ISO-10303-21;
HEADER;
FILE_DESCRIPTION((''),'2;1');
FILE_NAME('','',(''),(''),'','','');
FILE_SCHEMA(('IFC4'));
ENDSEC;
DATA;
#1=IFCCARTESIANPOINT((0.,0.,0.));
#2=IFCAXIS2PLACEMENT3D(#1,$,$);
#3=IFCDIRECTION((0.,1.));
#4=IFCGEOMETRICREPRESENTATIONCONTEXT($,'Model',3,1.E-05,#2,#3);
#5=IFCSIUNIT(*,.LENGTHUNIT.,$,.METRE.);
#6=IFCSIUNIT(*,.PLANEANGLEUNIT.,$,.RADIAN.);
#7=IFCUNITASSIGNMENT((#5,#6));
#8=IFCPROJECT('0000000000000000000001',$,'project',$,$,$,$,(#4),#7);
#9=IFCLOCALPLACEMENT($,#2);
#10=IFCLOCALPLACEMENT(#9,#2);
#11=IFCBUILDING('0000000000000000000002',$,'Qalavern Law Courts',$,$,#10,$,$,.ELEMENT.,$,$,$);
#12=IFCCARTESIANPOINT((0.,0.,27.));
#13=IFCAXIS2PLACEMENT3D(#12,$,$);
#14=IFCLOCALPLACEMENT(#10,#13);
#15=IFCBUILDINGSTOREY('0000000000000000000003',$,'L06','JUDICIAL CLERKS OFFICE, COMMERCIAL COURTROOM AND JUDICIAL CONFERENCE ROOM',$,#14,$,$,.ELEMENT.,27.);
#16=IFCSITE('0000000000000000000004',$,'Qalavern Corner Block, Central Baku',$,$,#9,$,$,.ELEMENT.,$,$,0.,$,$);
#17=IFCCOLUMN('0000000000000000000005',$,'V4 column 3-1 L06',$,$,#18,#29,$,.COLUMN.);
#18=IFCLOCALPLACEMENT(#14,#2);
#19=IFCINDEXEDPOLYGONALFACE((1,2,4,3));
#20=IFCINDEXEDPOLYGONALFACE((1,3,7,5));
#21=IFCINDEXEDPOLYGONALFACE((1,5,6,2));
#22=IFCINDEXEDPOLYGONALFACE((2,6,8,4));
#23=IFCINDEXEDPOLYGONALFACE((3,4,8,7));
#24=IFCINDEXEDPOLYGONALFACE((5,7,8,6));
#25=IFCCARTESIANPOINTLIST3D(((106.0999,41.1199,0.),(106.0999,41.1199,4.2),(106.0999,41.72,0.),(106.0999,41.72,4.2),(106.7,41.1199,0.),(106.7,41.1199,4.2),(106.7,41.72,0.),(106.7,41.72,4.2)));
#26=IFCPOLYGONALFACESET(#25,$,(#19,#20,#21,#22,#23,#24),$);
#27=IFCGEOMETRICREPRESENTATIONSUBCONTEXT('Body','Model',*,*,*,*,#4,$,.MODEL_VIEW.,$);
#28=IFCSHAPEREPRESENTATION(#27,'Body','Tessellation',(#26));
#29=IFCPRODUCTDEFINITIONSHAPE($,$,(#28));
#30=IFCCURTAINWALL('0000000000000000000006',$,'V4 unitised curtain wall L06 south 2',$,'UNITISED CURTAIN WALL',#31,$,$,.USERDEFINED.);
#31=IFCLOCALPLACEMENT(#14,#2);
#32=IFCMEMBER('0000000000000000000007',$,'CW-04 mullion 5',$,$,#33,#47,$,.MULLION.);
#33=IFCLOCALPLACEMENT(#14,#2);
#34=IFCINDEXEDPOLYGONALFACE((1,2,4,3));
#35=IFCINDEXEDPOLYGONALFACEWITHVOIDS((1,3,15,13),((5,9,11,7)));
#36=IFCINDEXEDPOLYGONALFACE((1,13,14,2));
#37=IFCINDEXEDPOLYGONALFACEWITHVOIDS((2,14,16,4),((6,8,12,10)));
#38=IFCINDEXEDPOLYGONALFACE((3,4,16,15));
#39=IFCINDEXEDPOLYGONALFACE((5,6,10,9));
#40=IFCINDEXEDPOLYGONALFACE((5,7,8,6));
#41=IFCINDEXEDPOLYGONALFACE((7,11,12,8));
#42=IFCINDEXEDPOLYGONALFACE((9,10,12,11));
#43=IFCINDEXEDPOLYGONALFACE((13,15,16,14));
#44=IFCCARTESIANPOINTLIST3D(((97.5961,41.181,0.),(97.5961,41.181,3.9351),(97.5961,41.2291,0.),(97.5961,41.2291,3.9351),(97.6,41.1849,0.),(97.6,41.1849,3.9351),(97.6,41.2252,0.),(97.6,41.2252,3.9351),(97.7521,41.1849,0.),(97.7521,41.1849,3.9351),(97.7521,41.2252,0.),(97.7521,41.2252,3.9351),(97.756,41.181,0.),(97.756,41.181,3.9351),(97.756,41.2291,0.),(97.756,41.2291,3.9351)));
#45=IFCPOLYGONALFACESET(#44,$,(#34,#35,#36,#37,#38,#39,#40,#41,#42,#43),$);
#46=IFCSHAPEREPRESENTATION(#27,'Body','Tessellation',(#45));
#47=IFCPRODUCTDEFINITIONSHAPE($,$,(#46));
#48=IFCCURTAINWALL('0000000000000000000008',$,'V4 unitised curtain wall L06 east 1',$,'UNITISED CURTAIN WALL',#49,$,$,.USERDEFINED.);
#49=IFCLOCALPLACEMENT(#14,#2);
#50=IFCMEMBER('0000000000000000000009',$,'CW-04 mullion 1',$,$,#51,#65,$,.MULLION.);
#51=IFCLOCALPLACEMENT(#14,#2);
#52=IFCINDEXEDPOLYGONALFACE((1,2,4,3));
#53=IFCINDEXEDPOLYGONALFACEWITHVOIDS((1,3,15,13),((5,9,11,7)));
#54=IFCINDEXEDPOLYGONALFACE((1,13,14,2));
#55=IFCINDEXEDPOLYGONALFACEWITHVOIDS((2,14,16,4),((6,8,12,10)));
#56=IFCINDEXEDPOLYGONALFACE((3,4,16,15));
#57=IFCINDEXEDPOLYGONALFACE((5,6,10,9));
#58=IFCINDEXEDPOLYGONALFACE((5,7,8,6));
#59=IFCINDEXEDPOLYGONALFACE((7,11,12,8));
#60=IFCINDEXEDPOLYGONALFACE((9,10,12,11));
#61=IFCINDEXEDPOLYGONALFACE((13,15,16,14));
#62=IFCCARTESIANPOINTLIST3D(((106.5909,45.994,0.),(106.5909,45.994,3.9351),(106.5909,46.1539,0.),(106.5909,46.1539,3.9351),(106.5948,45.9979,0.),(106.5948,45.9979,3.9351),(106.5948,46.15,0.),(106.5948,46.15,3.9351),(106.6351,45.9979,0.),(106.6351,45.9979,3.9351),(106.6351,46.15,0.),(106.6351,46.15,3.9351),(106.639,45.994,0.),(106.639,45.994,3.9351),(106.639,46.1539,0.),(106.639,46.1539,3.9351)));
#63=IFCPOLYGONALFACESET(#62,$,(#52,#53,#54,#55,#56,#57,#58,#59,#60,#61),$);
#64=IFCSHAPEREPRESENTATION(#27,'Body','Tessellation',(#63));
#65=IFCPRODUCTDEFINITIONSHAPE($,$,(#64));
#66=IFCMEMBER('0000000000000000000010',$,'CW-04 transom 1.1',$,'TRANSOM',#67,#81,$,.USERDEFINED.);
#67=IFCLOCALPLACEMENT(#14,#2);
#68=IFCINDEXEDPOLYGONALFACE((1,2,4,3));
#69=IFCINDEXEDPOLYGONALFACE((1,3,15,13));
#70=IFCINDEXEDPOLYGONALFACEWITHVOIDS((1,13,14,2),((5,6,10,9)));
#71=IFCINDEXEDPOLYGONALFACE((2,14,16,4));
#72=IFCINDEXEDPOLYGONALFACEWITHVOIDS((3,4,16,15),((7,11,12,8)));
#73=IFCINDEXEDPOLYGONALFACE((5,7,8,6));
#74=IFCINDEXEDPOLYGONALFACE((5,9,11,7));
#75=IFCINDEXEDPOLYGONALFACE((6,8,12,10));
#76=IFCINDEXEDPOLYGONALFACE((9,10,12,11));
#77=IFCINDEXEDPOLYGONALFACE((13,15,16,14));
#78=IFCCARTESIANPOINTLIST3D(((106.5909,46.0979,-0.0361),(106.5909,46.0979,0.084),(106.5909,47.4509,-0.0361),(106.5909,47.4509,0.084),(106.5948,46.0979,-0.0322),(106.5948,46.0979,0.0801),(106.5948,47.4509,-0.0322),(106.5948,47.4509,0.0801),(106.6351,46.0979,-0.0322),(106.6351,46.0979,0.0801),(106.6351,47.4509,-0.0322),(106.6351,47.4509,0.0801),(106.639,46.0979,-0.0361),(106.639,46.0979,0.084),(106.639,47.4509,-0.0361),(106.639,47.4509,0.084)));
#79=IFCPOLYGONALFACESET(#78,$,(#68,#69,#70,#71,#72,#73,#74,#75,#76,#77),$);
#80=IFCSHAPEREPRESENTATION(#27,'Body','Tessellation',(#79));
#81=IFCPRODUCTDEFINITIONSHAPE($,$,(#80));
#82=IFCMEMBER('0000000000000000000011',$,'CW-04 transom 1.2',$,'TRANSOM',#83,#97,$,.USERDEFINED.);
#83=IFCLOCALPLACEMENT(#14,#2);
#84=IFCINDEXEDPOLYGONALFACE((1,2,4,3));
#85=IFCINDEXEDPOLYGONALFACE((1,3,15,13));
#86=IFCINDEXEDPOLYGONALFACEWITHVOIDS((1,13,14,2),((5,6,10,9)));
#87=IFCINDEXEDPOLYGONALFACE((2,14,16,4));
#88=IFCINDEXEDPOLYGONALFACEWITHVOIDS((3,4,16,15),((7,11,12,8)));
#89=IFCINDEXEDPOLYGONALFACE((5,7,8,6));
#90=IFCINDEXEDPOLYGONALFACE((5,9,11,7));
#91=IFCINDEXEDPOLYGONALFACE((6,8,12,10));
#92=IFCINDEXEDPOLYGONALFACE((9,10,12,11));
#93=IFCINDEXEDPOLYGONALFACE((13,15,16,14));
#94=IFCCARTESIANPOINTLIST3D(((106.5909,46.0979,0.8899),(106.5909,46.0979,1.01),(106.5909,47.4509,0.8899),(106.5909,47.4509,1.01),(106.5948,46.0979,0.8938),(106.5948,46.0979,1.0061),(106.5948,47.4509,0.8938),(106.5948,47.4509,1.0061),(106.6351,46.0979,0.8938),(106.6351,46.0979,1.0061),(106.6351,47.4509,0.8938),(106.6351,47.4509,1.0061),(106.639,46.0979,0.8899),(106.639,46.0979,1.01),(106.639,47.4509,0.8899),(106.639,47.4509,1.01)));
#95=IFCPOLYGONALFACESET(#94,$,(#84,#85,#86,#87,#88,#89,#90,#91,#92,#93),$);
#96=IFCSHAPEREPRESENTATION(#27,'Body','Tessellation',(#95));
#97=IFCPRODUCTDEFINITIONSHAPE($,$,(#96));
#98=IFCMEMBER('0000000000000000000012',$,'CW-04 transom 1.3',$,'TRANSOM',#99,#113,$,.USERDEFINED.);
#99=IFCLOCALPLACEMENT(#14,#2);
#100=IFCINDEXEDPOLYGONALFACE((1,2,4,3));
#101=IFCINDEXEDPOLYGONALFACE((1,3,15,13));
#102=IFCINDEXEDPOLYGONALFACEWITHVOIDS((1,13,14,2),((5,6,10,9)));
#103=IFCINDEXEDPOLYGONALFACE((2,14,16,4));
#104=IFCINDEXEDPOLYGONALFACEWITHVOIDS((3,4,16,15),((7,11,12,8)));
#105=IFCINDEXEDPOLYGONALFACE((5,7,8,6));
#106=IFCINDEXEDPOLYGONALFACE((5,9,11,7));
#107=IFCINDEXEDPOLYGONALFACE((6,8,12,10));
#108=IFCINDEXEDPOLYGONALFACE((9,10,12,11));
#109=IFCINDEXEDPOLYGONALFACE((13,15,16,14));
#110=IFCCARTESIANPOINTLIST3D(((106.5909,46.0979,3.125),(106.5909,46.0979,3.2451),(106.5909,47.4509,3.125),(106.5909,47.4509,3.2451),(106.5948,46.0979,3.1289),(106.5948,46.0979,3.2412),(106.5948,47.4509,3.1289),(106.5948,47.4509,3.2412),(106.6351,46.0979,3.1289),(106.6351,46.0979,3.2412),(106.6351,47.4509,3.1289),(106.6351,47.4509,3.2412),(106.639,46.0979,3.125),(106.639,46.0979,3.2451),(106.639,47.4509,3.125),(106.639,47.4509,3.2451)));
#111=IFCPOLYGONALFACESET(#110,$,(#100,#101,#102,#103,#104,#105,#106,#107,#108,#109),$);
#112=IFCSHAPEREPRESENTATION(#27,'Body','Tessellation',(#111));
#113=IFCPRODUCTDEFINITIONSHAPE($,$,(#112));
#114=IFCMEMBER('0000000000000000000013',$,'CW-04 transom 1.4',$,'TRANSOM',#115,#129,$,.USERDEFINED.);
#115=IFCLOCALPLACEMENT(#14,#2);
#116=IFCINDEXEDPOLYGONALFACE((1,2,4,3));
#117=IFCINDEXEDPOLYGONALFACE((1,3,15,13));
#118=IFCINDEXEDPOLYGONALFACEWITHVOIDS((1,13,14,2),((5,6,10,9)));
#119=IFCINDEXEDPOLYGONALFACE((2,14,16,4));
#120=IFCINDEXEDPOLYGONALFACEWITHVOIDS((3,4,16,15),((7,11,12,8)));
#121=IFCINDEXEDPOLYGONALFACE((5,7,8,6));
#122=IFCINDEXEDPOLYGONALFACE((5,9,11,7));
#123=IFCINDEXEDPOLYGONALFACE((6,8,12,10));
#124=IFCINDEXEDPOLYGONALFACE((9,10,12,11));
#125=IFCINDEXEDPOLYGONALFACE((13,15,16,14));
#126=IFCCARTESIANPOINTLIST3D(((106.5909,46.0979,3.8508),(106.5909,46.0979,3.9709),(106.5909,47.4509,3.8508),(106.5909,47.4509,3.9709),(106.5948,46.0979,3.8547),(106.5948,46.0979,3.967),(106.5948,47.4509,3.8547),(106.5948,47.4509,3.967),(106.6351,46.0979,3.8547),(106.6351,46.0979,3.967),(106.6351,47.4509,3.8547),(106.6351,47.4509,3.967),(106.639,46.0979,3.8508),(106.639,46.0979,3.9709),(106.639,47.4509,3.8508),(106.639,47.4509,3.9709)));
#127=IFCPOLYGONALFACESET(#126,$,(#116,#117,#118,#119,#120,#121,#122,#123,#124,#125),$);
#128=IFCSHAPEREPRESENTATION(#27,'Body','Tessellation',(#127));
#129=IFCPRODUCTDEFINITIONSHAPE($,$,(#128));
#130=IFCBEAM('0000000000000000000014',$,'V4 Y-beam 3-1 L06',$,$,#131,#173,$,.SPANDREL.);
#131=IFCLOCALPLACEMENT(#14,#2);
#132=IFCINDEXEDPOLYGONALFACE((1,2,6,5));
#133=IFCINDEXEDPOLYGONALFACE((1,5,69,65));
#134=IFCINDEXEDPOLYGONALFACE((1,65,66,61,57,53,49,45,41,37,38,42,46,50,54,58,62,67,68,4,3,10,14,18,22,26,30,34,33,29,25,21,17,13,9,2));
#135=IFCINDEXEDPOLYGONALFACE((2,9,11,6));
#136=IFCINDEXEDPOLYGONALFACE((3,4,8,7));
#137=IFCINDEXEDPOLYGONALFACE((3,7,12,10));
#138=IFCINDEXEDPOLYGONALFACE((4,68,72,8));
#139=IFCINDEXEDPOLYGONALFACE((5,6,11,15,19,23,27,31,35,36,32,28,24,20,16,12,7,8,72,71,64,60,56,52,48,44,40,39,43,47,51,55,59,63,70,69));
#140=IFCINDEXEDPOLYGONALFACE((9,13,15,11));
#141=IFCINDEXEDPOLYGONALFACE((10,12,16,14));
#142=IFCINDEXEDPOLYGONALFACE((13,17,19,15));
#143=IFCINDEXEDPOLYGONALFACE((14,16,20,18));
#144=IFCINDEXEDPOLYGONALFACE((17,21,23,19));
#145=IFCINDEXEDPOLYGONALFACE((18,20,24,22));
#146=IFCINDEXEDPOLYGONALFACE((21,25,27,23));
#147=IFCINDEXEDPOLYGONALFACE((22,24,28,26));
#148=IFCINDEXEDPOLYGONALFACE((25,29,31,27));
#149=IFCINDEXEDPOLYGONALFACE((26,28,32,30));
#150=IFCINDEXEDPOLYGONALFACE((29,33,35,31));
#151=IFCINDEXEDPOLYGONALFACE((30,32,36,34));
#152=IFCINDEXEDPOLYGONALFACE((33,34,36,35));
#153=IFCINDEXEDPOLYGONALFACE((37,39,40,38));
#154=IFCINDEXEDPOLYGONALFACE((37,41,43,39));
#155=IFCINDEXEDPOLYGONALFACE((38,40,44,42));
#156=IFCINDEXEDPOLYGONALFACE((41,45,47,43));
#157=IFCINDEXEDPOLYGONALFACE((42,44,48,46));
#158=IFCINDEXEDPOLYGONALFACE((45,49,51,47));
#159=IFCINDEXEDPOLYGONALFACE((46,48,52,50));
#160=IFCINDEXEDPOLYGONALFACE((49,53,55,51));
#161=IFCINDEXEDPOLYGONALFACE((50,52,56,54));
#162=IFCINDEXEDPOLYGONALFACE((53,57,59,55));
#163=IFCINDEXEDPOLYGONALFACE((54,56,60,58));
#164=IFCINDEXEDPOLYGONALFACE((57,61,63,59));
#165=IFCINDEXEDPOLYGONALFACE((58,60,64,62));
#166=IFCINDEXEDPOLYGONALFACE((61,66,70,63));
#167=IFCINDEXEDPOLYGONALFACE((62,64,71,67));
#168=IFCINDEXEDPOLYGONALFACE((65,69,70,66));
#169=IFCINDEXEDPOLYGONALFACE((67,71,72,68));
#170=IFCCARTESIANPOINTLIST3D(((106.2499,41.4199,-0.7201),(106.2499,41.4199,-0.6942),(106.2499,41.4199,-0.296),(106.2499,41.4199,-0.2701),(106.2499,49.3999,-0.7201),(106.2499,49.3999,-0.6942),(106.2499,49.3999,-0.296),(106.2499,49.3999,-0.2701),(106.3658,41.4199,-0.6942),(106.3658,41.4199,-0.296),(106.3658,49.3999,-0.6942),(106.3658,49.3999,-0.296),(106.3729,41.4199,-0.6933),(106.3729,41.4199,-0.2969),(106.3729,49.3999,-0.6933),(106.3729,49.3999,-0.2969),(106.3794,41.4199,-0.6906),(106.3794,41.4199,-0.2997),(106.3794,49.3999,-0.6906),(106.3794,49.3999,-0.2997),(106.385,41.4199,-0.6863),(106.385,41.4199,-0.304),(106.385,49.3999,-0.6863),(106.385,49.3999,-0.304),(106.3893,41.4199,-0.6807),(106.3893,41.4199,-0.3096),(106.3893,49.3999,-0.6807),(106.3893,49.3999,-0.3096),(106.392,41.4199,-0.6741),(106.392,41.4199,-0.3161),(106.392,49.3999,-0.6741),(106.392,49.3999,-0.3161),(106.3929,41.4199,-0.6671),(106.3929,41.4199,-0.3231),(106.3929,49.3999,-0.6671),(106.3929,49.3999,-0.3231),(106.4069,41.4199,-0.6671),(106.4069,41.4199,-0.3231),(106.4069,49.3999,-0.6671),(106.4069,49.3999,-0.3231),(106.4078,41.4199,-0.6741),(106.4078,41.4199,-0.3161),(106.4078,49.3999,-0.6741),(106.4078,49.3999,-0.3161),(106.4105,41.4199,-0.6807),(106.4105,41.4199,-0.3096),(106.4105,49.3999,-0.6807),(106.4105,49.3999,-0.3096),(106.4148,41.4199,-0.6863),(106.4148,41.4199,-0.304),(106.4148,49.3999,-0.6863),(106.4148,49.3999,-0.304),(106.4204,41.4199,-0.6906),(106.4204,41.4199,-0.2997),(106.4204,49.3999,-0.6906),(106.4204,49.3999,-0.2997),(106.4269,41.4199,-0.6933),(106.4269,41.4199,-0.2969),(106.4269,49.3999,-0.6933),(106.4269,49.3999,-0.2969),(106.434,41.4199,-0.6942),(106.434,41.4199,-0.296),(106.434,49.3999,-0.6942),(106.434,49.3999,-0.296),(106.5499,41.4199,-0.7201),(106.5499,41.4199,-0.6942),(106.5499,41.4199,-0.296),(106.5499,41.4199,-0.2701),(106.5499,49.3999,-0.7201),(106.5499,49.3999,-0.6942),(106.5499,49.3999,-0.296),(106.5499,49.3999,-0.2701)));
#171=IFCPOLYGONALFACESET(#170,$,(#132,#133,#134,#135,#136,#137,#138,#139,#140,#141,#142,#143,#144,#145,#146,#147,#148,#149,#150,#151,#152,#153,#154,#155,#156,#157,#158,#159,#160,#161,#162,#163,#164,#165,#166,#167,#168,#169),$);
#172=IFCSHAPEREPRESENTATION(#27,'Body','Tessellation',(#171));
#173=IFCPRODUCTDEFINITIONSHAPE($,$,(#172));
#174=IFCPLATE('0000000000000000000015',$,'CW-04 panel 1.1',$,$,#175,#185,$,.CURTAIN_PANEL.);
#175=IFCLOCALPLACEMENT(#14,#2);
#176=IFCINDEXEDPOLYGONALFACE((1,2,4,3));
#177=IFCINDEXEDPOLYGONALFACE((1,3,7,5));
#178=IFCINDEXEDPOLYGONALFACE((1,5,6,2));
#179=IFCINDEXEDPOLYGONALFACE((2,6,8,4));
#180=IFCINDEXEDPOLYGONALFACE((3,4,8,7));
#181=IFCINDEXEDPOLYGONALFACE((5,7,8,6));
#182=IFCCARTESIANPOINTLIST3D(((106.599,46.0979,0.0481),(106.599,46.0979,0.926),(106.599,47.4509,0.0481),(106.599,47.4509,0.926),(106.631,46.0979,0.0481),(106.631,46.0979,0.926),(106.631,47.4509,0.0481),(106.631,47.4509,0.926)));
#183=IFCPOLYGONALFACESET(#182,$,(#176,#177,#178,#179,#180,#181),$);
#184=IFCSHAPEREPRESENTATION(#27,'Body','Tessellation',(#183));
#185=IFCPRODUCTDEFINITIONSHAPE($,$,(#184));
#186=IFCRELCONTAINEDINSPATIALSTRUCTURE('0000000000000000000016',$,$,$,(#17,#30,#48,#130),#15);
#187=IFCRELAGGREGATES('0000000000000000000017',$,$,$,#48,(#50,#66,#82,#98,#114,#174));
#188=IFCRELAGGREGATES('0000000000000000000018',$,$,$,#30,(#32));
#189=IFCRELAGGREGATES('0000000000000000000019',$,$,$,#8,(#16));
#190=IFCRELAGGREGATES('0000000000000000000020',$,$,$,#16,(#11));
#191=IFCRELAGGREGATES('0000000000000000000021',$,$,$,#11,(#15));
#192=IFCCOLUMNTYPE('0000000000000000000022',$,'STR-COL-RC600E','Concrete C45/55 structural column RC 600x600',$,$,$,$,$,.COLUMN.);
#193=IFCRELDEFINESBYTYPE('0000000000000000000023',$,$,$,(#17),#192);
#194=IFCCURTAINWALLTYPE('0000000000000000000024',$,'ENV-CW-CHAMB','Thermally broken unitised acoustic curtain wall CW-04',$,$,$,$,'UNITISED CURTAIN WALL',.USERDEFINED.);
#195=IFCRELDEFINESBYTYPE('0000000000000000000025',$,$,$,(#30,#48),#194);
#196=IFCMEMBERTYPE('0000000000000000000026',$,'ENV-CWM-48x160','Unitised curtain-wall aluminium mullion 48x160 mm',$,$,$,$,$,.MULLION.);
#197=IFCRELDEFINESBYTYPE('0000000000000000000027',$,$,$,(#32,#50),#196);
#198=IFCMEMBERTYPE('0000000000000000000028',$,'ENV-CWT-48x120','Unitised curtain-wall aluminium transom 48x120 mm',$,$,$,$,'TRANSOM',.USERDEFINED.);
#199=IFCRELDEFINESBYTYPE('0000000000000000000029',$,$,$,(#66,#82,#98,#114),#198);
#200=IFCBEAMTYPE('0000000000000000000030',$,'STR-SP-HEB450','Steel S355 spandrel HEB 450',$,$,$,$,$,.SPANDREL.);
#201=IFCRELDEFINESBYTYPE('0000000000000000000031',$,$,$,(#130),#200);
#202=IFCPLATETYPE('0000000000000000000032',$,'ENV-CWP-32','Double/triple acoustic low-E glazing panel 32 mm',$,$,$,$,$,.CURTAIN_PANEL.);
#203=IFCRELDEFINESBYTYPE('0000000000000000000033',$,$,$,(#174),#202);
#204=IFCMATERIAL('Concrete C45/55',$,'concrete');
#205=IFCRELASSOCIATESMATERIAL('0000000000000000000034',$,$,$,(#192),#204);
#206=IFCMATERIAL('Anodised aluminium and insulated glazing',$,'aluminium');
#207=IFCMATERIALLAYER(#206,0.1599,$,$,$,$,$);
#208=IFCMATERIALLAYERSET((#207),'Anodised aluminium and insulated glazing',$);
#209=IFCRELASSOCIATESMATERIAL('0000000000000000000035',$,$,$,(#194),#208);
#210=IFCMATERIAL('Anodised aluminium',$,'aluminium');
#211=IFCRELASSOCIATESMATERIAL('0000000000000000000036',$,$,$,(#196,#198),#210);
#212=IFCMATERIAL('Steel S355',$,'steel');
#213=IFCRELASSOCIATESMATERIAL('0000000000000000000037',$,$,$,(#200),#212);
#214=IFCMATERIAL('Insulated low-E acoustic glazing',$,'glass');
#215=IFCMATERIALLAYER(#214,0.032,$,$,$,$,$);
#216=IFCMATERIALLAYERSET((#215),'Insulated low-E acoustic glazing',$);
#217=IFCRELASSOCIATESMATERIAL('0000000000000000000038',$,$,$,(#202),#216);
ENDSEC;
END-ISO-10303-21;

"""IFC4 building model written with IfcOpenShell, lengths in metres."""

from ifc_helpers import new_model, si_unit, direction, frame, origin, origin_2d, place, context, subcontext, project, spatial, rectangle, hollow_rectangle, i_section, extrude, material, layer, layer_set, material_profile, profile_set, type_object, element, aggregate, save


model = new_model("IFC4")

# Units and contexts
model_context = context("Model", 3, precision=1e-05, world=origin(), true_north=direction((0.0, 1.0)))
body_context = subcontext(model_context, "Body", "Model", "MODEL_VIEW")
ifc_project = project(units=[si_unit("LENGTHUNIT", "METRE"), si_unit("PLANEANGLEUNIT", "RADIAN")], contexts=[model_context])

# Site, building, storey
site_placement = place(None, origin())
site = spatial("IfcSite", under=ifc_project, at=site_placement, Name="Qalavern Corner Block, Central Baku", CompositionType="ELEMENT", RefElevation=0.0)
building_placement = place(site_placement, origin())
building = spatial("IfcBuilding", under=site, at=building_placement, Name="Qalavern Law Courts", CompositionType="ELEMENT")
storey_placement = place(building_placement, frame((0.0, 0.0, 27.0)))
storey = spatial("IfcBuildingStorey", under=building, at=storey_placement, Name="L06", Description="JUDICIAL CLERKS OFFICE, COMMERCIAL COURTROOM AND JUDICIAL CONFERENCE ROOM", CompositionType="ELEMENT", Elevation=27.0)

# Column
ifc_material_1 = material(Name="Concrete C45/55", Category="concrete")
ifc_material_profile_1 = material_profile(ifc_material_1, rectangle(XDim=0.6001, YDim=0.6001, at=origin_2d()), Name="RC 600x600")
ifc_profile_set_1 = profile_set([ifc_material_profile_1], Name="Concrete C45/55")
column_type = type_object("IfcColumnType", Name="STR-COL-RC600E", Description="Concrete C45/55 structural column RC 600x600", PredefinedType="COLUMN", material=ifc_profile_set_1)
column_placement = place(storey_placement, frame((106.3999, 41.4199, 0.0), z_axis=(0.0, 0.0, 1.0), x_axis=(1.0, 0.0, 0.0)))
element("IfcColumn", 1, at=column_placement, inside=storey, type_object=column_type, Name="V4 column 3-1 L06", PredefinedType="COLUMN", context=body_context, shape_type="SweptSolid", body=[
    extrude(rectangle(XDim=0.6001, YDim=0.6001, at=origin_2d()), origin(), (0.0, 0.0, 1.0), 4.2),
])

# Curtain wall, member
ifc_material_2 = material(Name="Anodised aluminium and insulated glazing", Category="aluminium")
ifc_layer_1 = layer(ifc_material_2, 0.1599)
ifc_layer_set_1 = layer_set([ifc_layer_1], Name="Anodised aluminium and insulated glazing")
curtain_wall_type = type_object("IfcCurtainWallType", Name="ENV-CW-CHAMB", Description="Thermally broken unitised acoustic curtain wall CW-04", ElementType="UNITISED CURTAIN WALL", PredefinedType="USERDEFINED", material=ifc_layer_set_1)
curtain_wall_1_placement = place(storey_placement, origin())
curtain_wall_1 = element("IfcCurtainWall", 2, at=curtain_wall_1_placement, inside=storey, type_object=curtain_wall_type, Name="V4 unitised curtain wall L06 south 2", ObjectType="UNITISED CURTAIN WALL", PredefinedType="USERDEFINED")
ifc_material_3 = material(Name="Anodised aluminium", Category="aluminium")
ifc_material_profile_2 = material_profile(ifc_material_3, hollow_rectangle(XDim=0.0481, YDim=0.1599, WallThickness=0.0039, at=origin_2d()), Name="ALU MULLION 48x160")
ifc_profile_set_2 = profile_set([ifc_material_profile_2], Name="Anodised aluminium")
member_type_1 = type_object("IfcMemberType", Name="ENV-CWM-48x160", Description="Unitised curtain-wall aluminium mullion 48x160 mm", PredefinedType="MULLION", material=ifc_profile_set_2)
member_1_placement = place(storey_placement, frame((97.676, 41.2051, 0.0), z_axis=(0.0, 0.0, 1.0), x_axis=(0.0, 1.0, 0.0)))
member_1 = element("IfcMember", 3, at=member_1_placement, type_object=member_type_1, Name="CW-04 mullion 5", PredefinedType="MULLION", context=body_context, shape_type="SweptSolid", body=[
    extrude(hollow_rectangle(XDim=0.0481, YDim=0.1599, WallThickness=0.0039, at=origin_2d()), origin(), (0.0, 0.0, 1.0), 3.9351),
])

# Curtain wall, members
curtain_wall_2_placement = place(storey_placement, origin())
curtain_wall_2 = element("IfcCurtainWall", 4, at=curtain_wall_2_placement, inside=storey, type_object=curtain_wall_type, Name="V4 unitised curtain wall L06 east 1", ObjectType="UNITISED CURTAIN WALL", PredefinedType="USERDEFINED")
member_2_placement = place(storey_placement, frame((106.615, 46.074, 0.0), z_axis=(0.0, 0.0, 1.0), x_axis=(-1.0, 0.0, 0.0)))
member_2 = element("IfcMember", 5, at=member_2_placement, type_object=member_type_1, Name="CW-04 mullion 1", PredefinedType="MULLION", context=body_context, shape_type="SweptSolid", body=[
    extrude(hollow_rectangle(XDim=0.0481, YDim=0.1599, WallThickness=0.0039, at=origin_2d()), origin(), (0.0, 0.0, 1.0), 3.9351),
])
ifc_material_profile_3 = material_profile(ifc_material_3, hollow_rectangle(XDim=0.0481, YDim=0.1201, WallThickness=0.0039, at=origin_2d()), Name="ALU TRANSOM 48x120")
ifc_profile_set_3 = profile_set([ifc_material_profile_3], Name="Anodised aluminium")
member_type_2 = type_object("IfcMemberType", Name="ENV-CWT-48x120", Description="Unitised curtain-wall aluminium transom 48x120 mm", ElementType="TRANSOM", PredefinedType="USERDEFINED", material=ifc_profile_set_3)
member_3_placement = place(storey_placement, frame((106.615, 46.0979, 0.0239), z_axis=(0.0, 1.0, 0.0), x_axis=(-1.0, 0.0, 0.0)))
member_3 = element("IfcMember", 6, at=member_3_placement, type_object=member_type_2, Name="CW-04 transom 1.1", ObjectType="TRANSOM", PredefinedType="USERDEFINED", context=body_context, shape_type="SweptSolid", body=[
    extrude(hollow_rectangle(XDim=0.0481, YDim=0.1201, WallThickness=0.0039, at=origin_2d()), origin(), (0.0, 0.0, 1.0), 1.353),
])
member_4_placement = place(storey_placement, frame((106.615, 46.0979, 0.95), z_axis=(0.0, 1.0, 0.0), x_axis=(-1.0, 0.0, 0.0)))
member_4 = element("IfcMember", 7, at=member_4_placement, type_object=member_type_2, Name="CW-04 transom 1.2", ObjectType="TRANSOM", PredefinedType="USERDEFINED", context=body_context, shape_type="SweptSolid", body=[
    extrude(hollow_rectangle(XDim=0.0481, YDim=0.1201, WallThickness=0.0039, at=origin_2d()), origin(), (0.0, 0.0, 1.0), 1.353),
])
member_5_placement = place(storey_placement, frame((106.615, 46.0979, 3.1851), z_axis=(0.0, 1.0, 0.0), x_axis=(-1.0, 0.0, 0.0)))
member_5 = element("IfcMember", 8, at=member_5_placement, type_object=member_type_2, Name="CW-04 transom 1.3", ObjectType="TRANSOM", PredefinedType="USERDEFINED", context=body_context, shape_type="SweptSolid", body=[
    extrude(hollow_rectangle(XDim=0.0481, YDim=0.1201, WallThickness=0.0039, at=origin_2d()), origin(), (0.0, 0.0, 1.0), 1.353),
])
member_6_placement = place(storey_placement, frame((106.615, 46.0979, 3.9109), z_axis=(0.0, 1.0, 0.0), x_axis=(-1.0, 0.0, 0.0)))
member_6 = element("IfcMember", 9, at=member_6_placement, type_object=member_type_2, Name="CW-04 transom 1.4", ObjectType="TRANSOM", PredefinedType="USERDEFINED", context=body_context, shape_type="SweptSolid", body=[
    extrude(hollow_rectangle(XDim=0.0481, YDim=0.1201, WallThickness=0.0039, at=origin_2d()), origin(), (0.0, 0.0, 1.0), 1.353),
])

# Beam
ifc_material_4 = material(Name="Steel S355", Category="steel")
ifc_material_profile_4 = material_profile(ifc_material_4, i_section(OverallWidth=0.3, OverallDepth=0.45, WebThickness=0.0139, FlangeThickness=0.0259, FilletRadius=0.0271, at=origin_2d()), Name="HEB 450")
ifc_profile_set_4 = profile_set([ifc_material_profile_4], Name="Steel S355")
beam_type = type_object("IfcBeamType", Name="STR-SP-HEB450", Description="Steel S355 spandrel HEB 450", PredefinedType="SPANDREL", material=ifc_profile_set_4)
beam_placement = place(storey_placement, frame((106.3999, 41.4199, -0.4951), z_axis=(0.0, 1.0, 0.0), x_axis=(-1.0, 0.0, 0.0)))
element("IfcBeam", 10, at=beam_placement, inside=storey, type_object=beam_type, Name="V4 Y-beam 3-1 L06", PredefinedType="SPANDREL", context=body_context, shape_type="SweptSolid", body=[
    extrude(i_section(OverallWidth=0.3, OverallDepth=0.45, WebThickness=0.0139, FlangeThickness=0.0259, FilletRadius=0.0271, at=origin_2d()), origin(), (0.0, 0.0, 1.0), 7.98),
])

# Plate
ifc_material_5 = material(Name="Insulated low-E acoustic glazing", Category="glass")
ifc_layer_2 = layer(ifc_material_5, 0.032)
ifc_layer_set_2 = layer_set([ifc_layer_2], Name="Insulated low-E acoustic glazing")
plate_type_1 = type_object("IfcPlateType", Name="ENV-CWP-32", Description="Double/triple acoustic low-E glazing panel 32 mm", PredefinedType="CURTAIN_PANEL", material=ifc_layer_set_2)
plate_1_placement = place(storey_placement, frame((106.615, 46.7744, 0.0481), z_axis=(0.0, 0.0, 1.0), x_axis=(0.0, 1.0, 0.0)))
plate_1 = element("IfcPlate", 11, at=plate_1_placement, type_object=plate_type_1, Name="CW-04 panel 1.1", PredefinedType="CURTAIN_PANEL", context=body_context, shape_type="SweptSolid", body=[
    extrude(rectangle(XDim=1.353, YDim=0.032, at=origin_2d()), origin(), (0.0, 0.0, 1.0), 0.8779),
])
aggregate(curtain_wall_2, [member_2, member_3, member_4, member_5, member_6, plate_1])
aggregate(curtain_wall_1, [member_1])

save(model, "model.ifc")
